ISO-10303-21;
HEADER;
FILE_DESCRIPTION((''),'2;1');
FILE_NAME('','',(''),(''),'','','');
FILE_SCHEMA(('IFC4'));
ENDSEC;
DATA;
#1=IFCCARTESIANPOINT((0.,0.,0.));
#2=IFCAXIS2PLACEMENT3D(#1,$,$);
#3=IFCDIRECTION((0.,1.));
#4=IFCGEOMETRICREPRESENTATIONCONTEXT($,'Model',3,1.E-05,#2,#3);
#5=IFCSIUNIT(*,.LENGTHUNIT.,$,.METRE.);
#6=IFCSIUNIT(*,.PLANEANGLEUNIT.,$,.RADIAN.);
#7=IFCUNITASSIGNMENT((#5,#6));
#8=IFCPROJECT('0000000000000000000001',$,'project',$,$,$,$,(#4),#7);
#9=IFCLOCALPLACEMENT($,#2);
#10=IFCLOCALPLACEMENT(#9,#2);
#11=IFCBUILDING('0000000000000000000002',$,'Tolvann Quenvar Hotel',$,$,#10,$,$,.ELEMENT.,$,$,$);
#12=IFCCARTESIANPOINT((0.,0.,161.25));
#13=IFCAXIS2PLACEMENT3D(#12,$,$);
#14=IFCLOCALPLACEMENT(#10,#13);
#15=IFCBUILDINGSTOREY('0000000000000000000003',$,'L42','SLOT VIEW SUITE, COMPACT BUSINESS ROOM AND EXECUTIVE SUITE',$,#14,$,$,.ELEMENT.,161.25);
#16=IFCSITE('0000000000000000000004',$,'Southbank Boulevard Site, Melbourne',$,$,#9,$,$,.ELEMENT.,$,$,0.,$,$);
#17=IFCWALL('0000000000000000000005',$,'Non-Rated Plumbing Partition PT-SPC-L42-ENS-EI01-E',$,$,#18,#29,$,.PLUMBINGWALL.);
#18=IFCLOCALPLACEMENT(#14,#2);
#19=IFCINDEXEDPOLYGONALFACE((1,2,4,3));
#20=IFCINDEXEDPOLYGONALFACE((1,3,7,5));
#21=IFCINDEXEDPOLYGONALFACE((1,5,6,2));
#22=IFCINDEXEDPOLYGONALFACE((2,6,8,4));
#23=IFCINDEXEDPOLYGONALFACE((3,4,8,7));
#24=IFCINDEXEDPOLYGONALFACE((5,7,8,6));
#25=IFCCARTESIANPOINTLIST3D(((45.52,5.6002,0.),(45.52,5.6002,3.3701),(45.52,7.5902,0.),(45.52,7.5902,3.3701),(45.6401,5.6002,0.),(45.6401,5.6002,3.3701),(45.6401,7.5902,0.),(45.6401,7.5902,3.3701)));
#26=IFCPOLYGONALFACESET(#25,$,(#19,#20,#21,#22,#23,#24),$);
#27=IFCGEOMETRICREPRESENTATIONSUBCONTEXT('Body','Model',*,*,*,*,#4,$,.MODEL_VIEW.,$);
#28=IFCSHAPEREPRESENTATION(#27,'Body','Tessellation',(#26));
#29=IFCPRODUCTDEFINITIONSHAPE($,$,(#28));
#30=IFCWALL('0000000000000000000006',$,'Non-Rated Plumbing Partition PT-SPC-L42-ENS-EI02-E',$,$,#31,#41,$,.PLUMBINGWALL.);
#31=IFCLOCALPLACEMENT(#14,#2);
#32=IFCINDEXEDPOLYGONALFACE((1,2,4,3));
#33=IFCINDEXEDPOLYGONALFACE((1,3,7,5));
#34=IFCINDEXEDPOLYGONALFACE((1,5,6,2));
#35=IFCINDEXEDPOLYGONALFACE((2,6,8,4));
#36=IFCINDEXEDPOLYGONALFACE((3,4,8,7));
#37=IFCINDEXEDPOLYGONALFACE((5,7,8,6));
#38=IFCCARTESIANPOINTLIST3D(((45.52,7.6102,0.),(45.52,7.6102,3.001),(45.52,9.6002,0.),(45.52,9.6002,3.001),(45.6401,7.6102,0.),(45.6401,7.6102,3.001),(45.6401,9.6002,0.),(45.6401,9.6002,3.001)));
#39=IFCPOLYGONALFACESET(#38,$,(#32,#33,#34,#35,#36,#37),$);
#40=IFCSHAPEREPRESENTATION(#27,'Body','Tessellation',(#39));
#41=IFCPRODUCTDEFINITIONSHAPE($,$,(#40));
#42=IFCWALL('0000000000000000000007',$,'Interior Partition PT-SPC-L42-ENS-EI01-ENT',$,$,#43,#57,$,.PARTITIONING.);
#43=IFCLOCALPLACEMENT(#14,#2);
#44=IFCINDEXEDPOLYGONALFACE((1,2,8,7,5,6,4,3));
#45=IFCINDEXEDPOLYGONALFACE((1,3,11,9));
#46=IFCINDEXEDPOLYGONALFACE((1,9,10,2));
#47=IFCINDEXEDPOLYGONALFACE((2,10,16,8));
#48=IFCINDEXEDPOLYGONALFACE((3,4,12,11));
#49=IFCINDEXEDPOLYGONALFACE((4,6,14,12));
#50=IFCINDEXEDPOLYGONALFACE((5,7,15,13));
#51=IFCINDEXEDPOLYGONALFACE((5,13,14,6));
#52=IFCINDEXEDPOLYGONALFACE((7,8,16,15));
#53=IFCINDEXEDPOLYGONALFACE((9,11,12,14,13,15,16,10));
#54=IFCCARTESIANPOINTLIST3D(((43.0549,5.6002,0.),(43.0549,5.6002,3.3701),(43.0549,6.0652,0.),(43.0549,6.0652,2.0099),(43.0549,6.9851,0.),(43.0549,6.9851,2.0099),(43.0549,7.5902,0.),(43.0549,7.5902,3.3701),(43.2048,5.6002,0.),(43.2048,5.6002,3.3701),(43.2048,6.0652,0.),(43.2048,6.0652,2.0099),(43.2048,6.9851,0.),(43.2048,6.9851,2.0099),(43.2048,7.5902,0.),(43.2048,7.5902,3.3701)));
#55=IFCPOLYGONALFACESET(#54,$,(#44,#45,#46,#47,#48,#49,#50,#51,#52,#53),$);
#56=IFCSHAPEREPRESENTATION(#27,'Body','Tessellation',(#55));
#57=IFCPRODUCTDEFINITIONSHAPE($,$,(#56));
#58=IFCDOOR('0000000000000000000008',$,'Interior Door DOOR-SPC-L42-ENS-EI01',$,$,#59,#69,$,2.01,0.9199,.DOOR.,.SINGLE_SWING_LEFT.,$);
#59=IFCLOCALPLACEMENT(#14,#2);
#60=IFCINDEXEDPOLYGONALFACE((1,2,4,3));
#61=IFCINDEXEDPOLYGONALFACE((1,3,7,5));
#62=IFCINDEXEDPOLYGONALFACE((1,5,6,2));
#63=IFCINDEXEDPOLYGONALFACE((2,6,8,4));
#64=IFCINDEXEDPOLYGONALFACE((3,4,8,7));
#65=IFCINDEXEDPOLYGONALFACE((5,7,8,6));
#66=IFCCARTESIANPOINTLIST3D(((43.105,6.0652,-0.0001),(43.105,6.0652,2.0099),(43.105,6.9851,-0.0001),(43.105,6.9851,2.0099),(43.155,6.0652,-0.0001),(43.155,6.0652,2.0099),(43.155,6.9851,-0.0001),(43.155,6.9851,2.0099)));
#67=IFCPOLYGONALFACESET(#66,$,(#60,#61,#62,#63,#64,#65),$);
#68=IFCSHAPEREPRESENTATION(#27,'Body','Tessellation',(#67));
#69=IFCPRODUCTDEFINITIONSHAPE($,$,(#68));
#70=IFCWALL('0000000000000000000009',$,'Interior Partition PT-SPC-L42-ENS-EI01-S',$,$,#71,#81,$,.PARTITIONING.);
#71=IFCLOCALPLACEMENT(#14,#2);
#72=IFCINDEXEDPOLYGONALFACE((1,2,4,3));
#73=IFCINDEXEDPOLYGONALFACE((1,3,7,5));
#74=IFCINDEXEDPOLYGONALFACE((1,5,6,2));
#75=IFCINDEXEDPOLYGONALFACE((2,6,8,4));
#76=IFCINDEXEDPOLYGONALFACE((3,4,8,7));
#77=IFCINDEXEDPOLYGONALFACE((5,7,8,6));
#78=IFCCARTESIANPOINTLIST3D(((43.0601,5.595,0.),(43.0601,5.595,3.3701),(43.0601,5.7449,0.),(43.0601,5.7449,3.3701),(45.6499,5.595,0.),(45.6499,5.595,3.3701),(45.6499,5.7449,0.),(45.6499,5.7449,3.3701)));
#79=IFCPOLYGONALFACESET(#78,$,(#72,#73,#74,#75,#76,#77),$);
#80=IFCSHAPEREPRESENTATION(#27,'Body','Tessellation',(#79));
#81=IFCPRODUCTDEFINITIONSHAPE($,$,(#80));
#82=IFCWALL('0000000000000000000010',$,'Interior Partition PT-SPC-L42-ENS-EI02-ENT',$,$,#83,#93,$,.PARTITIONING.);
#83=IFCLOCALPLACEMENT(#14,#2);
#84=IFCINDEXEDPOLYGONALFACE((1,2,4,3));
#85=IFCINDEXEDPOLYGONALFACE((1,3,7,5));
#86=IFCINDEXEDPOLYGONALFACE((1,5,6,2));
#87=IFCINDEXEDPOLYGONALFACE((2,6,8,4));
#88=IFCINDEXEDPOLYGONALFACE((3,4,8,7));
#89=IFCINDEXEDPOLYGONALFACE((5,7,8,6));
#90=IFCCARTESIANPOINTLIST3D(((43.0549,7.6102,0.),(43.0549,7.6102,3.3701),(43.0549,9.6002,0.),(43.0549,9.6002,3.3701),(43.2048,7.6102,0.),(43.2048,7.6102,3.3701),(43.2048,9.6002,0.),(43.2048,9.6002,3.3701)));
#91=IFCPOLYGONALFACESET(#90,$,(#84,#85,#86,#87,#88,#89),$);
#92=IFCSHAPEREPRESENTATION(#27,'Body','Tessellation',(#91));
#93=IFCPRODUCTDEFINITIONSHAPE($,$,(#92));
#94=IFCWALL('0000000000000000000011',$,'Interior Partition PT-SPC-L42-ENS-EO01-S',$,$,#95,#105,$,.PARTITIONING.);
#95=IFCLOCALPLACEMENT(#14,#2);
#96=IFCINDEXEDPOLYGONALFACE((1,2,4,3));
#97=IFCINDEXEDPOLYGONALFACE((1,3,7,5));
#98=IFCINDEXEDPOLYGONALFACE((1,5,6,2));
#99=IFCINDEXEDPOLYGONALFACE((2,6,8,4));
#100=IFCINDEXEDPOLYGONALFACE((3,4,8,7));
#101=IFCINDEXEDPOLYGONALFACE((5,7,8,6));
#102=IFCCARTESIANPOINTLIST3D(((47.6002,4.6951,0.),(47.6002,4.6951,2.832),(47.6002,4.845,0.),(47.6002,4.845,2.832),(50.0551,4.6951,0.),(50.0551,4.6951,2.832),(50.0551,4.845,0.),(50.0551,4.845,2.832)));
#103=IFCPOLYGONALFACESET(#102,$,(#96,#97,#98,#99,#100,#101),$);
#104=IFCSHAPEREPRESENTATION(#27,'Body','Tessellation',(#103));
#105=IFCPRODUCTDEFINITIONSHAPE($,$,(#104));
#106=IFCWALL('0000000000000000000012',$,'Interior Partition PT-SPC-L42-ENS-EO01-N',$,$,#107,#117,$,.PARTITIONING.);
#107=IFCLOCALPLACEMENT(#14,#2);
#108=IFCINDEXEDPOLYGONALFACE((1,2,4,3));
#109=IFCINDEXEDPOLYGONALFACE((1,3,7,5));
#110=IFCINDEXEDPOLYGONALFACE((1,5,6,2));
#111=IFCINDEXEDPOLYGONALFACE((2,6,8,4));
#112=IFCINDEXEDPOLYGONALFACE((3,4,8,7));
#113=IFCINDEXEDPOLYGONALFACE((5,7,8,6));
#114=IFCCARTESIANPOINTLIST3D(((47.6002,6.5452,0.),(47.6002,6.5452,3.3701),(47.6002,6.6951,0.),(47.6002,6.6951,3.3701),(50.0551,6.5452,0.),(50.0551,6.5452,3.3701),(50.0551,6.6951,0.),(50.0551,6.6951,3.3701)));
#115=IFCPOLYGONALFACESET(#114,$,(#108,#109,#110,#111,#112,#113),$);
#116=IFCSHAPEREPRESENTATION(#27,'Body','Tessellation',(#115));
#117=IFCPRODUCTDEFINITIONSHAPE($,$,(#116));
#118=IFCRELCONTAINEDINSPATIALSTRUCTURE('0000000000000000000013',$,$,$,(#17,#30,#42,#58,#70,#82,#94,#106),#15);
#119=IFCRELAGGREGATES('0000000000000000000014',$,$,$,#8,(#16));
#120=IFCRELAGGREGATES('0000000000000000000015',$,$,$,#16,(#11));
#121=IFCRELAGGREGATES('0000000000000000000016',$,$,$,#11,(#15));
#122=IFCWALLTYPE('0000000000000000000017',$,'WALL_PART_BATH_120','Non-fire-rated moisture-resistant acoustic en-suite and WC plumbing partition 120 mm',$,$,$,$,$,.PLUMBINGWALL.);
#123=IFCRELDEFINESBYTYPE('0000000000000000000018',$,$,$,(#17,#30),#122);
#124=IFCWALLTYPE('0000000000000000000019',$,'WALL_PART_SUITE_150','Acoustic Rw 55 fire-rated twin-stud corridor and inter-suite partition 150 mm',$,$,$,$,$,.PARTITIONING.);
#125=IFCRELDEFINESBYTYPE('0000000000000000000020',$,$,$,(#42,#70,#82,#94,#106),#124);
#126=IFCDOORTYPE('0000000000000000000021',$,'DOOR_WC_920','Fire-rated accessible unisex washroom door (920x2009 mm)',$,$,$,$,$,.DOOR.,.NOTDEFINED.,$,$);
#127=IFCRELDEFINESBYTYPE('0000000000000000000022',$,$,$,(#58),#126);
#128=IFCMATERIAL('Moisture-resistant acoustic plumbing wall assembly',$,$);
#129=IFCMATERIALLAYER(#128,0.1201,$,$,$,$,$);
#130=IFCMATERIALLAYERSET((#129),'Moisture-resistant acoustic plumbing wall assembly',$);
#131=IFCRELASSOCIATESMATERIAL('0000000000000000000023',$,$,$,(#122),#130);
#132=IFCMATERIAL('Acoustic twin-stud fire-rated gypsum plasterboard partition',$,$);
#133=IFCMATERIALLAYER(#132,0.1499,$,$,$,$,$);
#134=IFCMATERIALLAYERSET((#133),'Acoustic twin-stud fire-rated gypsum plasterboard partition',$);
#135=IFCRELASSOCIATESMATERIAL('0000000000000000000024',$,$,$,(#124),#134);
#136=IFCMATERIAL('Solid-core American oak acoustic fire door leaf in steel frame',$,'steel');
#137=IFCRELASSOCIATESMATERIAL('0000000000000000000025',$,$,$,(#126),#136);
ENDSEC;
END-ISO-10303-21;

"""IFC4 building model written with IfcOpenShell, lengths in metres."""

from ifc_helpers import new_model, si_unit, direction, frame, frame_2d, origin, place, context, subcontext, project, spatial, rectangle, extrude, source, transform, mapped, material, layer, layer_set, type_object, type_shapes, element, fill, save


model = new_model("IFC4")

# Units and contexts
model_context = context("Model", 3, precision=1e-05, world=origin(), true_north=direction((0.0, 1.0)))
body_context = subcontext(model_context, "Body", "Model", "MODEL_VIEW")
ifc_project = project(units=[si_unit("LENGTHUNIT", "METRE"), si_unit("PLANEANGLEUNIT", "RADIAN")], contexts=[model_context])

# Site, building, storey
site_placement = place(None, origin())
site = spatial("IfcSite", under=ifc_project, at=site_placement, Name="Southbank Boulevard Site, Melbourne", CompositionType="ELEMENT", RefElevation=0.0)
building_placement = place(site_placement, origin())
building = spatial("IfcBuilding", under=site, at=building_placement, Name="Tolvann Quenvar Hotel", CompositionType="ELEMENT")
storey_placement = place(building_placement, frame((0.0, 0.0, 161.25)))
storey = spatial("IfcBuildingStorey", under=building, at=storey_placement, Name="L42", Description="SLOT VIEW SUITE, COMPACT BUSINESS ROOM AND EXECUTIVE SUITE", CompositionType="ELEMENT", Elevation=161.25)

# Walls
ifc_material_1 = material(Name="Moisture-resistant acoustic plumbing wall assembly")
ifc_layer_1 = layer(ifc_material_1, 0.1201)
ifc_layer_set_1 = layer_set([ifc_layer_1], Name="Moisture-resistant acoustic plumbing wall assembly")
wall_type_1 = type_object("IfcWallType", Name="WALL_PART_BATH_120", Description="Non-fire-rated moisture-resistant acoustic en-suite and WC plumbing partition 120 mm", PredefinedType="PLUMBINGWALL", material=ifc_layer_set_1)
wall_1_placement = place(storey_placement, frame((45.5801, 5.6001, 0.0), z_axis=(0.0, 0.0, 1.0), x_axis=(0.0, 1.0, 0.0)))
element("IfcWall", 1, at=wall_1_placement, inside=storey, type_object=wall_type_1, Name="Non-Rated Plumbing Partition PT-SPC-L42-ENS-EI01-E", PredefinedType="PLUMBINGWALL", context=body_context, shape_type="SweptSolid", body=[
    extrude(rectangle(XDim=1.99, YDim=0.1201, at=frame_2d((0.9951, 0.0))), origin(), (0.0, 0.0, 1.0), 3.3701),
])
wall_2_placement = place(storey_placement, frame((45.5801, 7.6101, 0.0), z_axis=(0.0, 0.0, 1.0), x_axis=(0.0, 1.0, 0.0)))
element("IfcWall", 2, at=wall_2_placement, inside=storey, type_object=wall_type_1, Name="Non-Rated Plumbing Partition PT-SPC-L42-ENS-EI02-E", PredefinedType="PLUMBINGWALL", context=body_context, shape_type="SweptSolid", body=[
    extrude(rectangle(XDim=1.99, YDim=0.1201, at=frame_2d((0.9951, 0.0))), origin(), (0.0, 0.0, 1.0), 3.001),
])

# Wall, opening, door
ifc_material_2 = material(Name="Acoustic twin-stud fire-rated gypsum plasterboard partition")
ifc_layer_2 = layer(ifc_material_2, 0.1499)
ifc_layer_set_2 = layer_set([ifc_layer_2], Name="Acoustic twin-stud fire-rated gypsum plasterboard partition")
wall_type_2 = type_object("IfcWallType", Name="WALL_PART_SUITE_150", Description="Acoustic Rw 55 fire-rated twin-stud corridor and inter-suite partition 150 mm", PredefinedType="PARTITIONING", material=ifc_layer_set_2)
wall_3_placement = place(storey_placement, frame((43.1299, 5.6001, 0.0), z_axis=(0.0, 0.0, 1.0), x_axis=(0.0, 1.0, 0.0)))
wall_3 = element("IfcWall", 3, at=wall_3_placement, inside=storey, type_object=wall_type_2, Name="Interior Partition PT-SPC-L42-ENS-EI01-ENT", PredefinedType="PARTITIONING", context=body_context, shape_type="SweptSolid", body=[
    extrude(rectangle(XDim=1.99, YDim=0.1499, at=frame_2d((0.9951, 0.0))), origin(), (0.0, 0.0, 1.0), 3.3701),
])
opening_1_placement = place(wall_3_placement, frame((0.4651, 0.0, 0.0)))
opening_1 = element("IfcOpeningElement", 4, at=opening_1_placement, cuts=wall_3, PredefinedType="OPENING", context=body_context, shape_type="SweptSolid", body=[
    extrude(rectangle(XDim=0.9199, YDim=2.01, at=frame_2d((0.46, 1.0049))), frame((0.0, 0.085, 0.0), z_axis=(0.0, -1.0, 0.0), x_axis=(1.0, 0.0, 0.0)), (0.0, 0.0, 1.0), 0.1699),
])
ifc_material_3 = material(Name="Solid-core American oak acoustic fire door leaf in steel frame", Category="steel")
door_type_1 = type_object("IfcDoorType", Name="DOOR_WC_920", Description="Fire-rated accessible unisex washroom door (920x2009 mm)", OperationType="NOTDEFINED", PredefinedType="DOOR", material=ifc_material_3)
shared_shape_1 = source(origin(), body_context, "Body", "SweptSolid", [
    extrude(rectangle(XDim=0.9199, YDim=2.01, at=frame_2d((0.46, 1.0049))), frame((0.0, 0.0249, 0.0), z_axis=(0.0, -1.0, 0.0), x_axis=(1.0, 0.0, 0.0)), (0.0, 0.0, 1.0), 0.05),
])
type_shapes(door_type_1, [shared_shape_1])
door_1_placement = place(opening_1_placement, origin())
door_1 = element("IfcDoor", 5, at=door_1_placement, inside=storey, type_object=door_type_1, Name="Interior Door DOOR-SPC-L42-ENS-EI01", OperationType="SINGLE_SWING_LEFT", OverallHeight=2.01, OverallWidth=0.9199, PredefinedType="DOOR", context=body_context, shape_type="MappedRepresentation", body=[
    mapped(shared_shape_1, transform((0.0, 0.0, 0.0), x_axis=(1.0, 0.0, 0.0), y_axis=(0.0, 1.0, 0.0), z_axis=(0.0, 0.0, 1.0), scale=1.0)),
])
fill(opening_1, door_1)

# Walls
wall_4_placement = place(storey_placement, frame((43.0601, 5.6699, 0.0), z_axis=(0.0, 0.0, 1.0), x_axis=(1.0, 0.0, 0.0)))
element("IfcWall", 6, at=wall_4_placement, inside=storey, type_object=wall_type_2, Name="Interior Partition PT-SPC-L42-ENS-EI01-S", PredefinedType="PARTITIONING", context=body_context, shape_type="SweptSolid", body=[
    extrude(rectangle(XDim=2.5898, YDim=0.1499, at=frame_2d((1.2949, 0.0))), origin(), (0.0, 0.0, 1.0), 3.3701),
])
wall_5_placement = place(storey_placement, frame((43.1299, 7.6101, 0.0), z_axis=(0.0, 0.0, 1.0), x_axis=(0.0, 1.0, 0.0)))
element("IfcWall", 7, at=wall_5_placement, inside=storey, type_object=wall_type_2, Name="Interior Partition PT-SPC-L42-ENS-EI02-ENT", PredefinedType="PARTITIONING", context=body_context, shape_type="SweptSolid", body=[
    extrude(rectangle(XDim=1.99, YDim=0.1499, at=frame_2d((0.9951, 0.0))), origin(), (0.0, 0.0, 1.0), 3.3701),
])
wall_6_placement = place(storey_placement, frame((47.6001, 4.77, 0.0), z_axis=(0.0, 0.0, 1.0), x_axis=(1.0, 0.0, 0.0)))
element("IfcWall", 8, at=wall_6_placement, inside=storey, type_object=wall_type_2, Name="Interior Partition PT-SPC-L42-ENS-EO01-S", PredefinedType="PARTITIONING", context=body_context, shape_type="SweptSolid", body=[
    extrude(rectangle(XDim=2.4548, YDim=0.1499, at=frame_2d((1.2275, 0.0))), origin(), (0.0, 0.0, 1.0), 2.832),
])
wall_7_placement = place(storey_placement, frame((47.6001, 6.6201, 0.0), z_axis=(0.0, 0.0, 1.0), x_axis=(1.0, 0.0, 0.0)))
element("IfcWall", 9, at=wall_7_placement, inside=storey, type_object=wall_type_2, Name="Interior Partition PT-SPC-L42-ENS-EO01-N", PredefinedType="PARTITIONING", context=body_context, shape_type="SweptSolid", body=[
    extrude(rectangle(XDim=2.4548, YDim=0.1499, at=frame_2d((1.2275, 0.0))), origin(), (0.0, 0.0, 1.0), 3.3701),
])

save(model, "model.ifc")
